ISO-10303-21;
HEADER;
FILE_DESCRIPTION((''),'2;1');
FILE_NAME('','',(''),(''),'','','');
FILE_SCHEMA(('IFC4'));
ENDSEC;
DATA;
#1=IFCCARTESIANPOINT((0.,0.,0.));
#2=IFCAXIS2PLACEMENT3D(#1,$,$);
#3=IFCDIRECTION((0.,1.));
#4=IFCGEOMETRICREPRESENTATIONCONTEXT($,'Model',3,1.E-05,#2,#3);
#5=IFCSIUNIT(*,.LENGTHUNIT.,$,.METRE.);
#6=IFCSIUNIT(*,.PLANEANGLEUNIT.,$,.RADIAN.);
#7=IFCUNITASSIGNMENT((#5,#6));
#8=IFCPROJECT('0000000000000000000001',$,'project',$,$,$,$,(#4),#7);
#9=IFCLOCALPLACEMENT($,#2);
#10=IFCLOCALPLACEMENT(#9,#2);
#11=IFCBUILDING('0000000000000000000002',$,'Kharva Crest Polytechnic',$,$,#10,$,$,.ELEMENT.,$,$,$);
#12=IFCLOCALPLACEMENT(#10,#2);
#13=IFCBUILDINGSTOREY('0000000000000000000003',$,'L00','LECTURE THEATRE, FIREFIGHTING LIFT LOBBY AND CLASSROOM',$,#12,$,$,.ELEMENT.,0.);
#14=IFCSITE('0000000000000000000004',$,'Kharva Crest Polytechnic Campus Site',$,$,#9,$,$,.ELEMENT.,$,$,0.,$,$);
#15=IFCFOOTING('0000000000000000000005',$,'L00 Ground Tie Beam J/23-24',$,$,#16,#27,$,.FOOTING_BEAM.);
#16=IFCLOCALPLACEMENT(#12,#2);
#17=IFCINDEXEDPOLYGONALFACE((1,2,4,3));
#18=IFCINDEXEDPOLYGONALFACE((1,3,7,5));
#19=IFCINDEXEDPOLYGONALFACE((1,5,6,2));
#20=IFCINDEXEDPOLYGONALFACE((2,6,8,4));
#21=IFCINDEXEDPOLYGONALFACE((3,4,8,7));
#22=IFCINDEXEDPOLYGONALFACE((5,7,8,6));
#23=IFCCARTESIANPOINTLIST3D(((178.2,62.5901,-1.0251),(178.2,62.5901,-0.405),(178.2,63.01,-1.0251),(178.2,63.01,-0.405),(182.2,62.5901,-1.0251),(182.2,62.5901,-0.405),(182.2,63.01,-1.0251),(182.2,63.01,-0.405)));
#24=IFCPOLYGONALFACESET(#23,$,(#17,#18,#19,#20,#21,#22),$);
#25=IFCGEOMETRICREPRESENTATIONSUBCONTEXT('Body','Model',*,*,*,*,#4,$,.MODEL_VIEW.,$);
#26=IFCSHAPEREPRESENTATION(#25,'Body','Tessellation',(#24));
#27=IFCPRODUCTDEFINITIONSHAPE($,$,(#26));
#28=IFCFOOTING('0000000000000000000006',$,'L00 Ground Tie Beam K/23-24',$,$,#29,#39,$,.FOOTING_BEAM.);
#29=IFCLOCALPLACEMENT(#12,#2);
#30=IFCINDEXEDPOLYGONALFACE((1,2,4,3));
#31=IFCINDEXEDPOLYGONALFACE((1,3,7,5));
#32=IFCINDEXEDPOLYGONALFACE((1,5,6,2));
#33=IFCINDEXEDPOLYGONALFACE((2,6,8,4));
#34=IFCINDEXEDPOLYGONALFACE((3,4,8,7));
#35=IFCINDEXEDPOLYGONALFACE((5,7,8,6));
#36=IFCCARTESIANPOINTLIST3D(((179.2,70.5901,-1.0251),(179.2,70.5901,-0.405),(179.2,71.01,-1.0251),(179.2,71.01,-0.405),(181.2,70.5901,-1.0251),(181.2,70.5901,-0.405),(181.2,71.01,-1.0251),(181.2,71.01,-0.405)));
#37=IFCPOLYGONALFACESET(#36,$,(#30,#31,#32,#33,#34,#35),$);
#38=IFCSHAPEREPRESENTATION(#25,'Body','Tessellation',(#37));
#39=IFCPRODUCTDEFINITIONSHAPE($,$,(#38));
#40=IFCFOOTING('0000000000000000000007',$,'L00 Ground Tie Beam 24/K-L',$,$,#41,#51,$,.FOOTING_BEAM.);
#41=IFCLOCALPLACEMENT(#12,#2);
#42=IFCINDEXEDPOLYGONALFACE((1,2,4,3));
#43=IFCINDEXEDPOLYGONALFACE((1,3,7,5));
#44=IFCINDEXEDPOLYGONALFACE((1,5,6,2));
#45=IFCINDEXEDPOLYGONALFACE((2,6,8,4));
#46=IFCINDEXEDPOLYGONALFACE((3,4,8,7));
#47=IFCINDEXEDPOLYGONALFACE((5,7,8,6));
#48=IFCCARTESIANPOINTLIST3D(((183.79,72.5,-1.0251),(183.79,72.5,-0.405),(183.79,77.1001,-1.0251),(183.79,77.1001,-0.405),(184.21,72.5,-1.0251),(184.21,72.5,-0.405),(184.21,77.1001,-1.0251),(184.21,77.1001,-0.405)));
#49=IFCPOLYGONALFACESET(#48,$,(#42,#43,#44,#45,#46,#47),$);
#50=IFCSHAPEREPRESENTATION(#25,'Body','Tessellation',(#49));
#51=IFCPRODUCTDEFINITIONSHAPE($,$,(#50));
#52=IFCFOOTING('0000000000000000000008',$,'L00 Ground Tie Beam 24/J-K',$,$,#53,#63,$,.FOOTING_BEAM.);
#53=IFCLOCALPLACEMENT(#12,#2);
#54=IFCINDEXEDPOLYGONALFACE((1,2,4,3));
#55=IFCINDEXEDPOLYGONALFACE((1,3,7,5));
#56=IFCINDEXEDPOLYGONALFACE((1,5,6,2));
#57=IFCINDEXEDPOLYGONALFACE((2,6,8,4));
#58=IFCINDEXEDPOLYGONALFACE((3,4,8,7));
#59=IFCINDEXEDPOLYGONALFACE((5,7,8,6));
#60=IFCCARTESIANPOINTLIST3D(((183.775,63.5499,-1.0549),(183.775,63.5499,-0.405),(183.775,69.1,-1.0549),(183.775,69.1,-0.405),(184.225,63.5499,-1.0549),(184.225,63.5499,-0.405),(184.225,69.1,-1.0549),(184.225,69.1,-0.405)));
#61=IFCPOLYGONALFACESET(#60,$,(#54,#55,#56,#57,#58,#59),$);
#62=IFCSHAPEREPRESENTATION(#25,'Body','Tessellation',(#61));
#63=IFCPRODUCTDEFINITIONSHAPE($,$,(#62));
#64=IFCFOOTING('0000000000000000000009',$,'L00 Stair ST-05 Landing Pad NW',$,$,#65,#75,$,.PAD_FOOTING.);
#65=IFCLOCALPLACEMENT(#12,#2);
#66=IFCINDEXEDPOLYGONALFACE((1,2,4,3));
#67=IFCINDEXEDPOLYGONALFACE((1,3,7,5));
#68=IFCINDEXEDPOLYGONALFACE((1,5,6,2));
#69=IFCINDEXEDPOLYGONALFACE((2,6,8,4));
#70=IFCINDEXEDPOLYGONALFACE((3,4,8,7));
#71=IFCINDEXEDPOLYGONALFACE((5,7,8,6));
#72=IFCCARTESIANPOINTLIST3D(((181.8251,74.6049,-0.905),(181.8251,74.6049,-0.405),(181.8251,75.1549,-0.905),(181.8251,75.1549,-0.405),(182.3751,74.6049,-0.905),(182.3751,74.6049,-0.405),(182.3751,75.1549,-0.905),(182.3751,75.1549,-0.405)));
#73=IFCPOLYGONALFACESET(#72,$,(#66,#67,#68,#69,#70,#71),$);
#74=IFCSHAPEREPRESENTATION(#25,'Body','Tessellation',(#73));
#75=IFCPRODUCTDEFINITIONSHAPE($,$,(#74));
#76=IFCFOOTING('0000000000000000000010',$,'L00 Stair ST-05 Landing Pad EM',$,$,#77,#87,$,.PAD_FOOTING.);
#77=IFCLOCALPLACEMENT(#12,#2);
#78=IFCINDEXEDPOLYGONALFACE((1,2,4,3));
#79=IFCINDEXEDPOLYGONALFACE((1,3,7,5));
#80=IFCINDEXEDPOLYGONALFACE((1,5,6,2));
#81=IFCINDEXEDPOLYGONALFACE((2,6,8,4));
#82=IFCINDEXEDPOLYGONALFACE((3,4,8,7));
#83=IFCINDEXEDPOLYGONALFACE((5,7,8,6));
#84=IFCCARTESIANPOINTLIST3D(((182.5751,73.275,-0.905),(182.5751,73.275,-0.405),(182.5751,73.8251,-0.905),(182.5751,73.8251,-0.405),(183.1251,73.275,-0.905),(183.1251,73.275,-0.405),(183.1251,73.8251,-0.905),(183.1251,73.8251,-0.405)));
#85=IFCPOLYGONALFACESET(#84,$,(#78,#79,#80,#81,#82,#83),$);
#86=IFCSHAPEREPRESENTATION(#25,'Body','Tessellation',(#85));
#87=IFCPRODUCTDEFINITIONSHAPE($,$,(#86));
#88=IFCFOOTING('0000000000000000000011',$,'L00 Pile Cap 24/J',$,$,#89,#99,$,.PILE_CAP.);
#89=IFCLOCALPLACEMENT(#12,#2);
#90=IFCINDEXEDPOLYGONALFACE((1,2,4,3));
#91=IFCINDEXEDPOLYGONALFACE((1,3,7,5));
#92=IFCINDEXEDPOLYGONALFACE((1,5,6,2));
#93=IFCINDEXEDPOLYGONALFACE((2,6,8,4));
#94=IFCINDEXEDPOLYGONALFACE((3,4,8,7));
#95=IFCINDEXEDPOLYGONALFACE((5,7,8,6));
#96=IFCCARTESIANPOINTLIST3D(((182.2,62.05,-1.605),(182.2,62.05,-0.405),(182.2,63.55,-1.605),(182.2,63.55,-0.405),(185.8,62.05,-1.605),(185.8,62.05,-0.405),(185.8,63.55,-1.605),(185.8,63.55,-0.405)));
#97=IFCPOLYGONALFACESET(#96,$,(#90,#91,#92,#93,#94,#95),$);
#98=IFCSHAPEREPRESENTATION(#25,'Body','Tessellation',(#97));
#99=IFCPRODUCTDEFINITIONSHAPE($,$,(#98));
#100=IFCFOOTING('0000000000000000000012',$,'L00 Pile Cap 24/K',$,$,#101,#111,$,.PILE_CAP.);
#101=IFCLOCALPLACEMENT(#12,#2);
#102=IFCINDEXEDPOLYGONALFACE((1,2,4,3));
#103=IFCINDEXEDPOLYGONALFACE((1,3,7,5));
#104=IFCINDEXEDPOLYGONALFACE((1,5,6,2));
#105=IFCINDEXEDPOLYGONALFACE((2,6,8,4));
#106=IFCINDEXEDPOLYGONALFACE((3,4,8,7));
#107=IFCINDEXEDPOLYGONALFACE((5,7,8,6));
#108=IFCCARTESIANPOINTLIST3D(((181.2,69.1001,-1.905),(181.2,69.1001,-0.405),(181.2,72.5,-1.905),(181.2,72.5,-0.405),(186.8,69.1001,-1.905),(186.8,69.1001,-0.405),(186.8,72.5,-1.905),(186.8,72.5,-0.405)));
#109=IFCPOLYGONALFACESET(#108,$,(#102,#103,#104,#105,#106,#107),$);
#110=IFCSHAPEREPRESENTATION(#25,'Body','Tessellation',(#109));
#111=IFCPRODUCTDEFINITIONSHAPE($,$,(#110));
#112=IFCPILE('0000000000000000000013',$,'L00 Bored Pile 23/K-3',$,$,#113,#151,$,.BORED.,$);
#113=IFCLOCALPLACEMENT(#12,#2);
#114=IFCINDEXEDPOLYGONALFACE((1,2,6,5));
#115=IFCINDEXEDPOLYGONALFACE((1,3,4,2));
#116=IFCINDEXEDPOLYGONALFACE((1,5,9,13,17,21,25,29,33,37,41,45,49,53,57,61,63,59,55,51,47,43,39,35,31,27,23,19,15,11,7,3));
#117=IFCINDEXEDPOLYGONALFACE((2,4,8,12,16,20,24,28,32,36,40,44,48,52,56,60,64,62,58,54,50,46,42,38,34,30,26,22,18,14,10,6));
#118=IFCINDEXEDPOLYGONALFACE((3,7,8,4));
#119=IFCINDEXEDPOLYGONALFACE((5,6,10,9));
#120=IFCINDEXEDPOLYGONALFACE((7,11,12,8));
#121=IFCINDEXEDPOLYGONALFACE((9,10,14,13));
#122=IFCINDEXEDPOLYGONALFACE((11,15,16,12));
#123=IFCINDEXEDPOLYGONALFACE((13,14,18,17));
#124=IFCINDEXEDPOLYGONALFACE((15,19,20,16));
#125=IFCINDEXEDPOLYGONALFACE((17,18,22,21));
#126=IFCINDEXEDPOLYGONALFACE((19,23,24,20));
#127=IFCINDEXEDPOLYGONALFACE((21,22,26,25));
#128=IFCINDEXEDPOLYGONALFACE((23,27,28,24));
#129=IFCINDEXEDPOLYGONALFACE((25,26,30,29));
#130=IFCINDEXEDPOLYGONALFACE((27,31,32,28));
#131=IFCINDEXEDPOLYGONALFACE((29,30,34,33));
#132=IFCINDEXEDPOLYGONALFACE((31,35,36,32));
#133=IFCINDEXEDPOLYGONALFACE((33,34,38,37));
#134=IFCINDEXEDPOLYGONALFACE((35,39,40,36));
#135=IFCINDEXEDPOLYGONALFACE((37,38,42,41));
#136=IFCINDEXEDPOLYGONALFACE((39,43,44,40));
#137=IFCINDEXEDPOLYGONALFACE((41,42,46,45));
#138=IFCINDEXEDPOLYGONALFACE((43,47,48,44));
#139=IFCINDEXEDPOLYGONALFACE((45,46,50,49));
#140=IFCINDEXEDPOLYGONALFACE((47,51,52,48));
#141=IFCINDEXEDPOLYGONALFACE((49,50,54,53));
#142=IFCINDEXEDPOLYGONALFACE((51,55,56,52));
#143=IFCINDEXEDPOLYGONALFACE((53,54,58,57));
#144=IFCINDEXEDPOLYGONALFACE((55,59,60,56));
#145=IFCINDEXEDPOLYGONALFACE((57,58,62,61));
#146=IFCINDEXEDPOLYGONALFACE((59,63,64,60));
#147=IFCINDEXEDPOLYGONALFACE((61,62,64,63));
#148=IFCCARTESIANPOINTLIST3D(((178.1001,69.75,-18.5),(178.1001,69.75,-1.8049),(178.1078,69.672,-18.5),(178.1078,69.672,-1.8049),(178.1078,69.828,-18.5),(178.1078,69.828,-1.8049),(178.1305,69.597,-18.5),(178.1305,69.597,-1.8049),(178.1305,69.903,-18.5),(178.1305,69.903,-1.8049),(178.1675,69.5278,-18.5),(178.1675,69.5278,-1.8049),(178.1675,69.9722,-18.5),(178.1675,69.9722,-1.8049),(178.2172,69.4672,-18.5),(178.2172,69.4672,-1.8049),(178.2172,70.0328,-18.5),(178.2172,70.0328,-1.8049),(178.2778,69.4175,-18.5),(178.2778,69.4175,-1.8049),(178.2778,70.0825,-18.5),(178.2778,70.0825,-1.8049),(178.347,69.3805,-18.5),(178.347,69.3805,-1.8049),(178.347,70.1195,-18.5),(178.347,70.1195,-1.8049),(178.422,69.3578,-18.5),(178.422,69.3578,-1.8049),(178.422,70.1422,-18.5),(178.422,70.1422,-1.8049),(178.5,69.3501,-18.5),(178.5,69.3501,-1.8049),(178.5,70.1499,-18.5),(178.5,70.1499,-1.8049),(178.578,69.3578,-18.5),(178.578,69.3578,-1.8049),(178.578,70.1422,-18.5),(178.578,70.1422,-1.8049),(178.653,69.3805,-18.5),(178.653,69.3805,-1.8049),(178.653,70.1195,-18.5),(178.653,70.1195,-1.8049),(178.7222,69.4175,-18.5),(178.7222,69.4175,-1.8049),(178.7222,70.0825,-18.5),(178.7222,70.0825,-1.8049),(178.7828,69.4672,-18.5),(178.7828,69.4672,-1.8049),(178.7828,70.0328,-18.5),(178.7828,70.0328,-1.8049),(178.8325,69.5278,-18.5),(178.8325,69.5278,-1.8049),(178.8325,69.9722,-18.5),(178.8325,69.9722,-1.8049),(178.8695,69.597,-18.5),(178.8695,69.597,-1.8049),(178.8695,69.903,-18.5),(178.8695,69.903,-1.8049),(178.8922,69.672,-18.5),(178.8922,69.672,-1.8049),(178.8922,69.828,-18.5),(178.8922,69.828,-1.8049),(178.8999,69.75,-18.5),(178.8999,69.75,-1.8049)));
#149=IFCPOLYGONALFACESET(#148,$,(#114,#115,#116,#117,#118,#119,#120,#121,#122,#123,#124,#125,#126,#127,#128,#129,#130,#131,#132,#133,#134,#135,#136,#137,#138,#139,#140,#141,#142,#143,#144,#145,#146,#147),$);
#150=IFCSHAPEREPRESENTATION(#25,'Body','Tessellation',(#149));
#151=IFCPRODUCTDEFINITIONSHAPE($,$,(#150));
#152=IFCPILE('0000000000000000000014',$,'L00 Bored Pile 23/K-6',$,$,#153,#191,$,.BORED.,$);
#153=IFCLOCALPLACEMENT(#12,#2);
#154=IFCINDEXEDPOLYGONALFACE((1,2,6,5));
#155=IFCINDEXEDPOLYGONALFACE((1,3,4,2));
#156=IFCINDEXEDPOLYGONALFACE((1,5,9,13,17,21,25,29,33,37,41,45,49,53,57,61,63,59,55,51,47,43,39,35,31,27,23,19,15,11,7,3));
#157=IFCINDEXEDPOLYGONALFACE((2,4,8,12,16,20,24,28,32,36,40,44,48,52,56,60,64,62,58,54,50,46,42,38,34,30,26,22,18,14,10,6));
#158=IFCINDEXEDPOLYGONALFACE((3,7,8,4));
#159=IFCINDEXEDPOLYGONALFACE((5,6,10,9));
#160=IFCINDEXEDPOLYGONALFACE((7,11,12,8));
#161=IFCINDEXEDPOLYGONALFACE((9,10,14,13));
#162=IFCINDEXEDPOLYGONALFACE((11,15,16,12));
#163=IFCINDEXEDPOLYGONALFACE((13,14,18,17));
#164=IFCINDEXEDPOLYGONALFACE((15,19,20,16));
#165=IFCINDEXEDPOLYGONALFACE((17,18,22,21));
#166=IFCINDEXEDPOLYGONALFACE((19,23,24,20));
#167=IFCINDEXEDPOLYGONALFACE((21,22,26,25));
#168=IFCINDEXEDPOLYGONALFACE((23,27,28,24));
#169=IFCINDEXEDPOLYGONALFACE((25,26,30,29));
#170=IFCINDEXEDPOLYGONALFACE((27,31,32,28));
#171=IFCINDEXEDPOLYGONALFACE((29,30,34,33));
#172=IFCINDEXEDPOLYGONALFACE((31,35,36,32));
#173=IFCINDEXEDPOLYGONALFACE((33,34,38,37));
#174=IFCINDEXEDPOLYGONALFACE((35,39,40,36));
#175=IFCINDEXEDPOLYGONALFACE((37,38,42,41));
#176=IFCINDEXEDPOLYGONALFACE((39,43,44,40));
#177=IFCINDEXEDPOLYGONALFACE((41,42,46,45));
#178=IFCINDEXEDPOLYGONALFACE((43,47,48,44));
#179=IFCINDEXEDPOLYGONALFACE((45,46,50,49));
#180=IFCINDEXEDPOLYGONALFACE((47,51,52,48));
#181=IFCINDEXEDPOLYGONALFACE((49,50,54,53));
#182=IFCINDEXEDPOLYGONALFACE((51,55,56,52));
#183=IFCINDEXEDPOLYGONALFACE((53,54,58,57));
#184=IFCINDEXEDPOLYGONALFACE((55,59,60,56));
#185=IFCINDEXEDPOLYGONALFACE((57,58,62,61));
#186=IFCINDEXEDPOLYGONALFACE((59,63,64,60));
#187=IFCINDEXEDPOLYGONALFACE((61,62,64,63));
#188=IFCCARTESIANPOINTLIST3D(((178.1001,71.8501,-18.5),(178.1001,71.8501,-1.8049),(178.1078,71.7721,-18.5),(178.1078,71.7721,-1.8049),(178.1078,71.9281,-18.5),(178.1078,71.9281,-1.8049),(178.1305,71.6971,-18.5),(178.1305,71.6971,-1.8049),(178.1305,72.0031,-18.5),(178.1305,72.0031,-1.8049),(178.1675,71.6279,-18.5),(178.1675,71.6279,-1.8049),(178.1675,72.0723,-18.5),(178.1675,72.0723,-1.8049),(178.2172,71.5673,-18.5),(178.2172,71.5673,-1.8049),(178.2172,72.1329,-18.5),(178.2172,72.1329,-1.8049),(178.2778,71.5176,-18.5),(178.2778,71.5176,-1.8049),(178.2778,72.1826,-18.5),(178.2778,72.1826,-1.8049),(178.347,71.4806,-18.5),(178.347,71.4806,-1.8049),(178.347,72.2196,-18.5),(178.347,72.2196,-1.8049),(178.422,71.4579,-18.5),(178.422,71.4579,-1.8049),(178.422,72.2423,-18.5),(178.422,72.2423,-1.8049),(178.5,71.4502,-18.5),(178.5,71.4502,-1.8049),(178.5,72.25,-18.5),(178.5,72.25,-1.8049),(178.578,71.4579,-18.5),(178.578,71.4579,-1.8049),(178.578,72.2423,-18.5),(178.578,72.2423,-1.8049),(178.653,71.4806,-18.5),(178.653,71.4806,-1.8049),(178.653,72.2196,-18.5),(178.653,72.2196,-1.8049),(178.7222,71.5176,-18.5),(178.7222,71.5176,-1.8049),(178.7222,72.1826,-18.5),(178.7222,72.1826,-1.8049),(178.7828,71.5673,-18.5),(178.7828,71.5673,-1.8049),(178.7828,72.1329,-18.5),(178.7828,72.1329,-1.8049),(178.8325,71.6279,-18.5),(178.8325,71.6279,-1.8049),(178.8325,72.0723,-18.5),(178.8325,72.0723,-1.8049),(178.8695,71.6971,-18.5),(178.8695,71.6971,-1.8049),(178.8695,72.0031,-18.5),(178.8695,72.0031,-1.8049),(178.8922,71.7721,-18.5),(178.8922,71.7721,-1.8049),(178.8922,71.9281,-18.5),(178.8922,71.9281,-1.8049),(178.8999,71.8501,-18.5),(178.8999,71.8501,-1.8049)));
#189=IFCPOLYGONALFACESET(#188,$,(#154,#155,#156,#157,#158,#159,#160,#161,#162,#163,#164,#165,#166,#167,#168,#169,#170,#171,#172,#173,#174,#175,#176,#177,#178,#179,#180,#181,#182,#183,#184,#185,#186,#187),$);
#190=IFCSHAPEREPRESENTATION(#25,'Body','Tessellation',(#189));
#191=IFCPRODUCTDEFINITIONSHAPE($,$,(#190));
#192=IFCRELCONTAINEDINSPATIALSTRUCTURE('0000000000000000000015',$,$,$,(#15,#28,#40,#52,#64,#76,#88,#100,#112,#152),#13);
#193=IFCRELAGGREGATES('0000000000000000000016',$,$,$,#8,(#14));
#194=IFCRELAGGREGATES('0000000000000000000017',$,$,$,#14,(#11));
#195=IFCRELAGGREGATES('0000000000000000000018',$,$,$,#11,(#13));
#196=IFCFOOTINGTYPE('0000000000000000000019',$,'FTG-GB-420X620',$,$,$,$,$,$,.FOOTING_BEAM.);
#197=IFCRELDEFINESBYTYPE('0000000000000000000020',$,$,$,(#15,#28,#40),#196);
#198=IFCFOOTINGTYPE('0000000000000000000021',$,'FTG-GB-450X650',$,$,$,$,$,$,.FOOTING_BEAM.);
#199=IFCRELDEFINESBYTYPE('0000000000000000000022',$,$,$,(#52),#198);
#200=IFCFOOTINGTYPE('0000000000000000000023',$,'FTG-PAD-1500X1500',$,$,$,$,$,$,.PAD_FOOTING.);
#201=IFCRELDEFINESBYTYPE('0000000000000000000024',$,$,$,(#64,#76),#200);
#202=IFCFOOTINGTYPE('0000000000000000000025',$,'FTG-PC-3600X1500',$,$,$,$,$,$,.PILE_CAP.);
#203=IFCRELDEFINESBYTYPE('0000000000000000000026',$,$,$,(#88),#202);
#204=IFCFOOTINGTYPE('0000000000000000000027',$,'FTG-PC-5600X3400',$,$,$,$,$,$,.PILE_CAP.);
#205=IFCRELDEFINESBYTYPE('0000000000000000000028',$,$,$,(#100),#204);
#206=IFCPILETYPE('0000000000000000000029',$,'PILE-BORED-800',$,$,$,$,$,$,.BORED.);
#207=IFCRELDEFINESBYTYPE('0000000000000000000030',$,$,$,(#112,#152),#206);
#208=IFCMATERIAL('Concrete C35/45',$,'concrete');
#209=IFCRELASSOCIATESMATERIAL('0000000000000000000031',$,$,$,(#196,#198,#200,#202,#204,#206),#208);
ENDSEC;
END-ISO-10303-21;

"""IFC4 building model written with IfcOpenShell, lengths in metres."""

from ifc_helpers import new_model, si_unit, direction, frame, origin, origin_2d, place, context, subcontext, project, spatial, rectangle, circle, extrude, material, material_profile, profile_set, type_object, element, save


model = new_model("IFC4")

# Units and contexts
model_context = context("Model", 3, precision=1e-05, world=origin(), true_north=direction((0.0, 1.0)))
body_context = subcontext(model_context, "Body", "Model", "MODEL_VIEW")
ifc_project = project(units=[si_unit("LENGTHUNIT", "METRE"), si_unit("PLANEANGLEUNIT", "RADIAN")], contexts=[model_context])

# Site, building, storey
site_placement = place(None, origin())
site = spatial("IfcSite", under=ifc_project, at=site_placement, Name="Kharva Crest Polytechnic Campus Site", CompositionType="ELEMENT", RefElevation=0.0)
building_placement = place(site_placement, origin())
building = spatial("IfcBuilding", under=site, at=building_placement, Name="Kharva Crest Polytechnic", CompositionType="ELEMENT")
storey_placement = place(building_placement, origin())
storey = spatial("IfcBuildingStorey", under=building, at=storey_placement, Name="L00", Description="LECTURE THEATRE, FIREFIGHTING LIFT LOBBY AND CLASSROOM", CompositionType="ELEMENT", Elevation=0.0)

# Footings
ifc_material_1 = material(Name="Concrete C35/45", Category="concrete")
footing_type_1 = type_object("IfcFootingType", Name="FTG-GB-420X620", PredefinedType="FOOTING_BEAM", material=ifc_material_1)
footing_1_placement = place(storey_placement, frame((180.2, 62.8, -1.0251), z_axis=(0.0, 0.0, 1.0), x_axis=(1.0, 0.0, 0.0)))
element("IfcFooting", 1, at=footing_1_placement, inside=storey, type_object=footing_type_1, Name="L00 Ground Tie Beam J/23-24", PredefinedType="FOOTING_BEAM", context=body_context, shape_type="SweptSolid", body=[
    extrude(rectangle(XDim=4.0, YDim=0.4199, at=origin_2d()), origin(), (0.0, 0.0, 1.0), 0.6201),
])
footing_2_placement = place(storey_placement, frame((180.2, 70.8, -1.0251), z_axis=(0.0, 0.0, 1.0), x_axis=(1.0, 0.0, 0.0)))
element("IfcFooting", 2, at=footing_2_placement, inside=storey, type_object=footing_type_1, Name="L00 Ground Tie Beam K/23-24", PredefinedType="FOOTING_BEAM", context=body_context, shape_type="SweptSolid", body=[
    extrude(rectangle(XDim=2.0, YDim=0.4199, at=origin_2d()), origin(), (0.0, 0.0, 1.0), 0.6201),
])
footing_3_placement = place(storey_placement, frame((184.0, 74.8, -1.0251), z_axis=(0.0, 0.0, 1.0), x_axis=(0.0, 1.0, 0.0)))
element("IfcFooting", 3, at=footing_3_placement, inside=storey, type_object=footing_type_1, Name="L00 Ground Tie Beam 24/K-L", PredefinedType="FOOTING_BEAM", context=body_context, shape_type="SweptSolid", body=[
    extrude(rectangle(XDim=4.6001, YDim=0.4199, at=origin_2d()), origin(), (0.0, 0.0, 1.0), 0.6201),
])
footing_type_2 = type_object("IfcFootingType", Name="FTG-GB-450X650", PredefinedType="FOOTING_BEAM", material=ifc_material_1)
footing_4_placement = place(storey_placement, frame((184.0, 66.325, -1.0549), z_axis=(0.0, 0.0, 1.0), x_axis=(0.0, 1.0, 0.0)))
element("IfcFooting", 4, at=footing_4_placement, inside=storey, type_object=footing_type_2, Name="L00 Ground Tie Beam 24/J-K", PredefinedType="FOOTING_BEAM", context=body_context, shape_type="SweptSolid", body=[
    extrude(rectangle(XDim=5.55, YDim=0.45, at=origin_2d()), origin(), (0.0, 0.0, 1.0), 0.6499),
])
footing_type_3 = type_object("IfcFootingType", Name="FTG-PAD-1500X1500", PredefinedType="PAD_FOOTING", material=ifc_material_1)
for number, where, z_axis, x_axis, name in (
    (5, (182.1001, 74.8799, -0.905), (0.0, 0.0, 1.0), (1.0, 0.0, 0.0), "L00 Stair ST-05 Landing Pad NW"),
    (6, (182.8501, 73.55, -0.905), (0.0, 0.0, 1.0), (1.0, 0.0, 0.0), "L00 Stair ST-05 Landing Pad EM"),
):
    element("IfcFooting", number, at=place(storey_placement, frame(where, z_axis=z_axis, x_axis=x_axis)), inside=storey, type_object=footing_type_3, Name=name, PredefinedType="PAD_FOOTING", context=body_context, shape_type="SweptSolid", body=[
        extrude(rectangle(XDim=0.55, YDim=0.55, at=origin_2d()), origin(), (0.0, 0.0, 1.0), 0.5),
    ])
footing_type_4 = type_object("IfcFootingType", Name="FTG-PC-3600X1500", PredefinedType="PILE_CAP", material=ifc_material_1)
footing_5_placement = place(storey_placement, frame((184.0, 62.8, -1.605), z_axis=(0.0, 0.0, 1.0), x_axis=(1.0, 0.0, 0.0)))
element("IfcFooting", 7, at=footing_5_placement, inside=storey, type_object=footing_type_4, Name="L00 Pile Cap 24/J", PredefinedType="PILE_CAP", context=body_context, shape_type="SweptSolid", body=[
    extrude(rectangle(XDim=3.6001, YDim=1.5, at=origin_2d()), origin(), (0.0, 0.0, 1.0), 1.2),
])
footing_type_5 = type_object("IfcFootingType", Name="FTG-PC-5600X3400", PredefinedType="PILE_CAP", material=ifc_material_1)
footing_6_placement = place(storey_placement, frame((184.0, 70.8, -1.905), z_axis=(0.0, 0.0, 1.0), x_axis=(1.0, 0.0, 0.0)))
element("IfcFooting", 8, at=footing_6_placement, inside=storey, type_object=footing_type_5, Name="L00 Pile Cap 24/K", PredefinedType="PILE_CAP", context=body_context, shape_type="SweptSolid", body=[
    extrude(rectangle(XDim=5.6001, YDim=3.3999, at=origin_2d()), origin(), (0.0, 0.0, 1.0), 1.5),
])

# Piles
ifc_material_profile_1 = material_profile(ifc_material_1, circle(Radius=0.3999, at=origin_2d()), Name="DIA 800")
ifc_profile_set_1 = profile_set([ifc_material_profile_1], Name="Concrete C35/45")
pile_type_1 = type_object("IfcPileType", Name="PILE-BORED-800", PredefinedType="BORED", material=ifc_profile_set_1)
for number, where, z_axis, x_axis, name in (
    (9, (178.5, 69.75, -1.8049), (0.0, 0.0, -1.0), (1.0, 0.0, 0.0), "L00 Bored Pile 23/K-3"),
    (10, (178.5, 71.8501, -1.8049), (0.0, 0.0, -1.0), (1.0, 0.0, 0.0), "L00 Bored Pile 23/K-6"),
):
    element("IfcPile", number, at=place(storey_placement, frame(where, z_axis=z_axis, x_axis=x_axis)), inside=storey, type_object=pile_type_1, Name=name, PredefinedType="BORED", context=body_context, shape_type="SweptSolid", body=[
        extrude(circle(Radius=0.3999, at=origin_2d()), origin(), (0.0, 0.0, 1.0), 16.6951),
    ])

save(model, "model.ifc")
